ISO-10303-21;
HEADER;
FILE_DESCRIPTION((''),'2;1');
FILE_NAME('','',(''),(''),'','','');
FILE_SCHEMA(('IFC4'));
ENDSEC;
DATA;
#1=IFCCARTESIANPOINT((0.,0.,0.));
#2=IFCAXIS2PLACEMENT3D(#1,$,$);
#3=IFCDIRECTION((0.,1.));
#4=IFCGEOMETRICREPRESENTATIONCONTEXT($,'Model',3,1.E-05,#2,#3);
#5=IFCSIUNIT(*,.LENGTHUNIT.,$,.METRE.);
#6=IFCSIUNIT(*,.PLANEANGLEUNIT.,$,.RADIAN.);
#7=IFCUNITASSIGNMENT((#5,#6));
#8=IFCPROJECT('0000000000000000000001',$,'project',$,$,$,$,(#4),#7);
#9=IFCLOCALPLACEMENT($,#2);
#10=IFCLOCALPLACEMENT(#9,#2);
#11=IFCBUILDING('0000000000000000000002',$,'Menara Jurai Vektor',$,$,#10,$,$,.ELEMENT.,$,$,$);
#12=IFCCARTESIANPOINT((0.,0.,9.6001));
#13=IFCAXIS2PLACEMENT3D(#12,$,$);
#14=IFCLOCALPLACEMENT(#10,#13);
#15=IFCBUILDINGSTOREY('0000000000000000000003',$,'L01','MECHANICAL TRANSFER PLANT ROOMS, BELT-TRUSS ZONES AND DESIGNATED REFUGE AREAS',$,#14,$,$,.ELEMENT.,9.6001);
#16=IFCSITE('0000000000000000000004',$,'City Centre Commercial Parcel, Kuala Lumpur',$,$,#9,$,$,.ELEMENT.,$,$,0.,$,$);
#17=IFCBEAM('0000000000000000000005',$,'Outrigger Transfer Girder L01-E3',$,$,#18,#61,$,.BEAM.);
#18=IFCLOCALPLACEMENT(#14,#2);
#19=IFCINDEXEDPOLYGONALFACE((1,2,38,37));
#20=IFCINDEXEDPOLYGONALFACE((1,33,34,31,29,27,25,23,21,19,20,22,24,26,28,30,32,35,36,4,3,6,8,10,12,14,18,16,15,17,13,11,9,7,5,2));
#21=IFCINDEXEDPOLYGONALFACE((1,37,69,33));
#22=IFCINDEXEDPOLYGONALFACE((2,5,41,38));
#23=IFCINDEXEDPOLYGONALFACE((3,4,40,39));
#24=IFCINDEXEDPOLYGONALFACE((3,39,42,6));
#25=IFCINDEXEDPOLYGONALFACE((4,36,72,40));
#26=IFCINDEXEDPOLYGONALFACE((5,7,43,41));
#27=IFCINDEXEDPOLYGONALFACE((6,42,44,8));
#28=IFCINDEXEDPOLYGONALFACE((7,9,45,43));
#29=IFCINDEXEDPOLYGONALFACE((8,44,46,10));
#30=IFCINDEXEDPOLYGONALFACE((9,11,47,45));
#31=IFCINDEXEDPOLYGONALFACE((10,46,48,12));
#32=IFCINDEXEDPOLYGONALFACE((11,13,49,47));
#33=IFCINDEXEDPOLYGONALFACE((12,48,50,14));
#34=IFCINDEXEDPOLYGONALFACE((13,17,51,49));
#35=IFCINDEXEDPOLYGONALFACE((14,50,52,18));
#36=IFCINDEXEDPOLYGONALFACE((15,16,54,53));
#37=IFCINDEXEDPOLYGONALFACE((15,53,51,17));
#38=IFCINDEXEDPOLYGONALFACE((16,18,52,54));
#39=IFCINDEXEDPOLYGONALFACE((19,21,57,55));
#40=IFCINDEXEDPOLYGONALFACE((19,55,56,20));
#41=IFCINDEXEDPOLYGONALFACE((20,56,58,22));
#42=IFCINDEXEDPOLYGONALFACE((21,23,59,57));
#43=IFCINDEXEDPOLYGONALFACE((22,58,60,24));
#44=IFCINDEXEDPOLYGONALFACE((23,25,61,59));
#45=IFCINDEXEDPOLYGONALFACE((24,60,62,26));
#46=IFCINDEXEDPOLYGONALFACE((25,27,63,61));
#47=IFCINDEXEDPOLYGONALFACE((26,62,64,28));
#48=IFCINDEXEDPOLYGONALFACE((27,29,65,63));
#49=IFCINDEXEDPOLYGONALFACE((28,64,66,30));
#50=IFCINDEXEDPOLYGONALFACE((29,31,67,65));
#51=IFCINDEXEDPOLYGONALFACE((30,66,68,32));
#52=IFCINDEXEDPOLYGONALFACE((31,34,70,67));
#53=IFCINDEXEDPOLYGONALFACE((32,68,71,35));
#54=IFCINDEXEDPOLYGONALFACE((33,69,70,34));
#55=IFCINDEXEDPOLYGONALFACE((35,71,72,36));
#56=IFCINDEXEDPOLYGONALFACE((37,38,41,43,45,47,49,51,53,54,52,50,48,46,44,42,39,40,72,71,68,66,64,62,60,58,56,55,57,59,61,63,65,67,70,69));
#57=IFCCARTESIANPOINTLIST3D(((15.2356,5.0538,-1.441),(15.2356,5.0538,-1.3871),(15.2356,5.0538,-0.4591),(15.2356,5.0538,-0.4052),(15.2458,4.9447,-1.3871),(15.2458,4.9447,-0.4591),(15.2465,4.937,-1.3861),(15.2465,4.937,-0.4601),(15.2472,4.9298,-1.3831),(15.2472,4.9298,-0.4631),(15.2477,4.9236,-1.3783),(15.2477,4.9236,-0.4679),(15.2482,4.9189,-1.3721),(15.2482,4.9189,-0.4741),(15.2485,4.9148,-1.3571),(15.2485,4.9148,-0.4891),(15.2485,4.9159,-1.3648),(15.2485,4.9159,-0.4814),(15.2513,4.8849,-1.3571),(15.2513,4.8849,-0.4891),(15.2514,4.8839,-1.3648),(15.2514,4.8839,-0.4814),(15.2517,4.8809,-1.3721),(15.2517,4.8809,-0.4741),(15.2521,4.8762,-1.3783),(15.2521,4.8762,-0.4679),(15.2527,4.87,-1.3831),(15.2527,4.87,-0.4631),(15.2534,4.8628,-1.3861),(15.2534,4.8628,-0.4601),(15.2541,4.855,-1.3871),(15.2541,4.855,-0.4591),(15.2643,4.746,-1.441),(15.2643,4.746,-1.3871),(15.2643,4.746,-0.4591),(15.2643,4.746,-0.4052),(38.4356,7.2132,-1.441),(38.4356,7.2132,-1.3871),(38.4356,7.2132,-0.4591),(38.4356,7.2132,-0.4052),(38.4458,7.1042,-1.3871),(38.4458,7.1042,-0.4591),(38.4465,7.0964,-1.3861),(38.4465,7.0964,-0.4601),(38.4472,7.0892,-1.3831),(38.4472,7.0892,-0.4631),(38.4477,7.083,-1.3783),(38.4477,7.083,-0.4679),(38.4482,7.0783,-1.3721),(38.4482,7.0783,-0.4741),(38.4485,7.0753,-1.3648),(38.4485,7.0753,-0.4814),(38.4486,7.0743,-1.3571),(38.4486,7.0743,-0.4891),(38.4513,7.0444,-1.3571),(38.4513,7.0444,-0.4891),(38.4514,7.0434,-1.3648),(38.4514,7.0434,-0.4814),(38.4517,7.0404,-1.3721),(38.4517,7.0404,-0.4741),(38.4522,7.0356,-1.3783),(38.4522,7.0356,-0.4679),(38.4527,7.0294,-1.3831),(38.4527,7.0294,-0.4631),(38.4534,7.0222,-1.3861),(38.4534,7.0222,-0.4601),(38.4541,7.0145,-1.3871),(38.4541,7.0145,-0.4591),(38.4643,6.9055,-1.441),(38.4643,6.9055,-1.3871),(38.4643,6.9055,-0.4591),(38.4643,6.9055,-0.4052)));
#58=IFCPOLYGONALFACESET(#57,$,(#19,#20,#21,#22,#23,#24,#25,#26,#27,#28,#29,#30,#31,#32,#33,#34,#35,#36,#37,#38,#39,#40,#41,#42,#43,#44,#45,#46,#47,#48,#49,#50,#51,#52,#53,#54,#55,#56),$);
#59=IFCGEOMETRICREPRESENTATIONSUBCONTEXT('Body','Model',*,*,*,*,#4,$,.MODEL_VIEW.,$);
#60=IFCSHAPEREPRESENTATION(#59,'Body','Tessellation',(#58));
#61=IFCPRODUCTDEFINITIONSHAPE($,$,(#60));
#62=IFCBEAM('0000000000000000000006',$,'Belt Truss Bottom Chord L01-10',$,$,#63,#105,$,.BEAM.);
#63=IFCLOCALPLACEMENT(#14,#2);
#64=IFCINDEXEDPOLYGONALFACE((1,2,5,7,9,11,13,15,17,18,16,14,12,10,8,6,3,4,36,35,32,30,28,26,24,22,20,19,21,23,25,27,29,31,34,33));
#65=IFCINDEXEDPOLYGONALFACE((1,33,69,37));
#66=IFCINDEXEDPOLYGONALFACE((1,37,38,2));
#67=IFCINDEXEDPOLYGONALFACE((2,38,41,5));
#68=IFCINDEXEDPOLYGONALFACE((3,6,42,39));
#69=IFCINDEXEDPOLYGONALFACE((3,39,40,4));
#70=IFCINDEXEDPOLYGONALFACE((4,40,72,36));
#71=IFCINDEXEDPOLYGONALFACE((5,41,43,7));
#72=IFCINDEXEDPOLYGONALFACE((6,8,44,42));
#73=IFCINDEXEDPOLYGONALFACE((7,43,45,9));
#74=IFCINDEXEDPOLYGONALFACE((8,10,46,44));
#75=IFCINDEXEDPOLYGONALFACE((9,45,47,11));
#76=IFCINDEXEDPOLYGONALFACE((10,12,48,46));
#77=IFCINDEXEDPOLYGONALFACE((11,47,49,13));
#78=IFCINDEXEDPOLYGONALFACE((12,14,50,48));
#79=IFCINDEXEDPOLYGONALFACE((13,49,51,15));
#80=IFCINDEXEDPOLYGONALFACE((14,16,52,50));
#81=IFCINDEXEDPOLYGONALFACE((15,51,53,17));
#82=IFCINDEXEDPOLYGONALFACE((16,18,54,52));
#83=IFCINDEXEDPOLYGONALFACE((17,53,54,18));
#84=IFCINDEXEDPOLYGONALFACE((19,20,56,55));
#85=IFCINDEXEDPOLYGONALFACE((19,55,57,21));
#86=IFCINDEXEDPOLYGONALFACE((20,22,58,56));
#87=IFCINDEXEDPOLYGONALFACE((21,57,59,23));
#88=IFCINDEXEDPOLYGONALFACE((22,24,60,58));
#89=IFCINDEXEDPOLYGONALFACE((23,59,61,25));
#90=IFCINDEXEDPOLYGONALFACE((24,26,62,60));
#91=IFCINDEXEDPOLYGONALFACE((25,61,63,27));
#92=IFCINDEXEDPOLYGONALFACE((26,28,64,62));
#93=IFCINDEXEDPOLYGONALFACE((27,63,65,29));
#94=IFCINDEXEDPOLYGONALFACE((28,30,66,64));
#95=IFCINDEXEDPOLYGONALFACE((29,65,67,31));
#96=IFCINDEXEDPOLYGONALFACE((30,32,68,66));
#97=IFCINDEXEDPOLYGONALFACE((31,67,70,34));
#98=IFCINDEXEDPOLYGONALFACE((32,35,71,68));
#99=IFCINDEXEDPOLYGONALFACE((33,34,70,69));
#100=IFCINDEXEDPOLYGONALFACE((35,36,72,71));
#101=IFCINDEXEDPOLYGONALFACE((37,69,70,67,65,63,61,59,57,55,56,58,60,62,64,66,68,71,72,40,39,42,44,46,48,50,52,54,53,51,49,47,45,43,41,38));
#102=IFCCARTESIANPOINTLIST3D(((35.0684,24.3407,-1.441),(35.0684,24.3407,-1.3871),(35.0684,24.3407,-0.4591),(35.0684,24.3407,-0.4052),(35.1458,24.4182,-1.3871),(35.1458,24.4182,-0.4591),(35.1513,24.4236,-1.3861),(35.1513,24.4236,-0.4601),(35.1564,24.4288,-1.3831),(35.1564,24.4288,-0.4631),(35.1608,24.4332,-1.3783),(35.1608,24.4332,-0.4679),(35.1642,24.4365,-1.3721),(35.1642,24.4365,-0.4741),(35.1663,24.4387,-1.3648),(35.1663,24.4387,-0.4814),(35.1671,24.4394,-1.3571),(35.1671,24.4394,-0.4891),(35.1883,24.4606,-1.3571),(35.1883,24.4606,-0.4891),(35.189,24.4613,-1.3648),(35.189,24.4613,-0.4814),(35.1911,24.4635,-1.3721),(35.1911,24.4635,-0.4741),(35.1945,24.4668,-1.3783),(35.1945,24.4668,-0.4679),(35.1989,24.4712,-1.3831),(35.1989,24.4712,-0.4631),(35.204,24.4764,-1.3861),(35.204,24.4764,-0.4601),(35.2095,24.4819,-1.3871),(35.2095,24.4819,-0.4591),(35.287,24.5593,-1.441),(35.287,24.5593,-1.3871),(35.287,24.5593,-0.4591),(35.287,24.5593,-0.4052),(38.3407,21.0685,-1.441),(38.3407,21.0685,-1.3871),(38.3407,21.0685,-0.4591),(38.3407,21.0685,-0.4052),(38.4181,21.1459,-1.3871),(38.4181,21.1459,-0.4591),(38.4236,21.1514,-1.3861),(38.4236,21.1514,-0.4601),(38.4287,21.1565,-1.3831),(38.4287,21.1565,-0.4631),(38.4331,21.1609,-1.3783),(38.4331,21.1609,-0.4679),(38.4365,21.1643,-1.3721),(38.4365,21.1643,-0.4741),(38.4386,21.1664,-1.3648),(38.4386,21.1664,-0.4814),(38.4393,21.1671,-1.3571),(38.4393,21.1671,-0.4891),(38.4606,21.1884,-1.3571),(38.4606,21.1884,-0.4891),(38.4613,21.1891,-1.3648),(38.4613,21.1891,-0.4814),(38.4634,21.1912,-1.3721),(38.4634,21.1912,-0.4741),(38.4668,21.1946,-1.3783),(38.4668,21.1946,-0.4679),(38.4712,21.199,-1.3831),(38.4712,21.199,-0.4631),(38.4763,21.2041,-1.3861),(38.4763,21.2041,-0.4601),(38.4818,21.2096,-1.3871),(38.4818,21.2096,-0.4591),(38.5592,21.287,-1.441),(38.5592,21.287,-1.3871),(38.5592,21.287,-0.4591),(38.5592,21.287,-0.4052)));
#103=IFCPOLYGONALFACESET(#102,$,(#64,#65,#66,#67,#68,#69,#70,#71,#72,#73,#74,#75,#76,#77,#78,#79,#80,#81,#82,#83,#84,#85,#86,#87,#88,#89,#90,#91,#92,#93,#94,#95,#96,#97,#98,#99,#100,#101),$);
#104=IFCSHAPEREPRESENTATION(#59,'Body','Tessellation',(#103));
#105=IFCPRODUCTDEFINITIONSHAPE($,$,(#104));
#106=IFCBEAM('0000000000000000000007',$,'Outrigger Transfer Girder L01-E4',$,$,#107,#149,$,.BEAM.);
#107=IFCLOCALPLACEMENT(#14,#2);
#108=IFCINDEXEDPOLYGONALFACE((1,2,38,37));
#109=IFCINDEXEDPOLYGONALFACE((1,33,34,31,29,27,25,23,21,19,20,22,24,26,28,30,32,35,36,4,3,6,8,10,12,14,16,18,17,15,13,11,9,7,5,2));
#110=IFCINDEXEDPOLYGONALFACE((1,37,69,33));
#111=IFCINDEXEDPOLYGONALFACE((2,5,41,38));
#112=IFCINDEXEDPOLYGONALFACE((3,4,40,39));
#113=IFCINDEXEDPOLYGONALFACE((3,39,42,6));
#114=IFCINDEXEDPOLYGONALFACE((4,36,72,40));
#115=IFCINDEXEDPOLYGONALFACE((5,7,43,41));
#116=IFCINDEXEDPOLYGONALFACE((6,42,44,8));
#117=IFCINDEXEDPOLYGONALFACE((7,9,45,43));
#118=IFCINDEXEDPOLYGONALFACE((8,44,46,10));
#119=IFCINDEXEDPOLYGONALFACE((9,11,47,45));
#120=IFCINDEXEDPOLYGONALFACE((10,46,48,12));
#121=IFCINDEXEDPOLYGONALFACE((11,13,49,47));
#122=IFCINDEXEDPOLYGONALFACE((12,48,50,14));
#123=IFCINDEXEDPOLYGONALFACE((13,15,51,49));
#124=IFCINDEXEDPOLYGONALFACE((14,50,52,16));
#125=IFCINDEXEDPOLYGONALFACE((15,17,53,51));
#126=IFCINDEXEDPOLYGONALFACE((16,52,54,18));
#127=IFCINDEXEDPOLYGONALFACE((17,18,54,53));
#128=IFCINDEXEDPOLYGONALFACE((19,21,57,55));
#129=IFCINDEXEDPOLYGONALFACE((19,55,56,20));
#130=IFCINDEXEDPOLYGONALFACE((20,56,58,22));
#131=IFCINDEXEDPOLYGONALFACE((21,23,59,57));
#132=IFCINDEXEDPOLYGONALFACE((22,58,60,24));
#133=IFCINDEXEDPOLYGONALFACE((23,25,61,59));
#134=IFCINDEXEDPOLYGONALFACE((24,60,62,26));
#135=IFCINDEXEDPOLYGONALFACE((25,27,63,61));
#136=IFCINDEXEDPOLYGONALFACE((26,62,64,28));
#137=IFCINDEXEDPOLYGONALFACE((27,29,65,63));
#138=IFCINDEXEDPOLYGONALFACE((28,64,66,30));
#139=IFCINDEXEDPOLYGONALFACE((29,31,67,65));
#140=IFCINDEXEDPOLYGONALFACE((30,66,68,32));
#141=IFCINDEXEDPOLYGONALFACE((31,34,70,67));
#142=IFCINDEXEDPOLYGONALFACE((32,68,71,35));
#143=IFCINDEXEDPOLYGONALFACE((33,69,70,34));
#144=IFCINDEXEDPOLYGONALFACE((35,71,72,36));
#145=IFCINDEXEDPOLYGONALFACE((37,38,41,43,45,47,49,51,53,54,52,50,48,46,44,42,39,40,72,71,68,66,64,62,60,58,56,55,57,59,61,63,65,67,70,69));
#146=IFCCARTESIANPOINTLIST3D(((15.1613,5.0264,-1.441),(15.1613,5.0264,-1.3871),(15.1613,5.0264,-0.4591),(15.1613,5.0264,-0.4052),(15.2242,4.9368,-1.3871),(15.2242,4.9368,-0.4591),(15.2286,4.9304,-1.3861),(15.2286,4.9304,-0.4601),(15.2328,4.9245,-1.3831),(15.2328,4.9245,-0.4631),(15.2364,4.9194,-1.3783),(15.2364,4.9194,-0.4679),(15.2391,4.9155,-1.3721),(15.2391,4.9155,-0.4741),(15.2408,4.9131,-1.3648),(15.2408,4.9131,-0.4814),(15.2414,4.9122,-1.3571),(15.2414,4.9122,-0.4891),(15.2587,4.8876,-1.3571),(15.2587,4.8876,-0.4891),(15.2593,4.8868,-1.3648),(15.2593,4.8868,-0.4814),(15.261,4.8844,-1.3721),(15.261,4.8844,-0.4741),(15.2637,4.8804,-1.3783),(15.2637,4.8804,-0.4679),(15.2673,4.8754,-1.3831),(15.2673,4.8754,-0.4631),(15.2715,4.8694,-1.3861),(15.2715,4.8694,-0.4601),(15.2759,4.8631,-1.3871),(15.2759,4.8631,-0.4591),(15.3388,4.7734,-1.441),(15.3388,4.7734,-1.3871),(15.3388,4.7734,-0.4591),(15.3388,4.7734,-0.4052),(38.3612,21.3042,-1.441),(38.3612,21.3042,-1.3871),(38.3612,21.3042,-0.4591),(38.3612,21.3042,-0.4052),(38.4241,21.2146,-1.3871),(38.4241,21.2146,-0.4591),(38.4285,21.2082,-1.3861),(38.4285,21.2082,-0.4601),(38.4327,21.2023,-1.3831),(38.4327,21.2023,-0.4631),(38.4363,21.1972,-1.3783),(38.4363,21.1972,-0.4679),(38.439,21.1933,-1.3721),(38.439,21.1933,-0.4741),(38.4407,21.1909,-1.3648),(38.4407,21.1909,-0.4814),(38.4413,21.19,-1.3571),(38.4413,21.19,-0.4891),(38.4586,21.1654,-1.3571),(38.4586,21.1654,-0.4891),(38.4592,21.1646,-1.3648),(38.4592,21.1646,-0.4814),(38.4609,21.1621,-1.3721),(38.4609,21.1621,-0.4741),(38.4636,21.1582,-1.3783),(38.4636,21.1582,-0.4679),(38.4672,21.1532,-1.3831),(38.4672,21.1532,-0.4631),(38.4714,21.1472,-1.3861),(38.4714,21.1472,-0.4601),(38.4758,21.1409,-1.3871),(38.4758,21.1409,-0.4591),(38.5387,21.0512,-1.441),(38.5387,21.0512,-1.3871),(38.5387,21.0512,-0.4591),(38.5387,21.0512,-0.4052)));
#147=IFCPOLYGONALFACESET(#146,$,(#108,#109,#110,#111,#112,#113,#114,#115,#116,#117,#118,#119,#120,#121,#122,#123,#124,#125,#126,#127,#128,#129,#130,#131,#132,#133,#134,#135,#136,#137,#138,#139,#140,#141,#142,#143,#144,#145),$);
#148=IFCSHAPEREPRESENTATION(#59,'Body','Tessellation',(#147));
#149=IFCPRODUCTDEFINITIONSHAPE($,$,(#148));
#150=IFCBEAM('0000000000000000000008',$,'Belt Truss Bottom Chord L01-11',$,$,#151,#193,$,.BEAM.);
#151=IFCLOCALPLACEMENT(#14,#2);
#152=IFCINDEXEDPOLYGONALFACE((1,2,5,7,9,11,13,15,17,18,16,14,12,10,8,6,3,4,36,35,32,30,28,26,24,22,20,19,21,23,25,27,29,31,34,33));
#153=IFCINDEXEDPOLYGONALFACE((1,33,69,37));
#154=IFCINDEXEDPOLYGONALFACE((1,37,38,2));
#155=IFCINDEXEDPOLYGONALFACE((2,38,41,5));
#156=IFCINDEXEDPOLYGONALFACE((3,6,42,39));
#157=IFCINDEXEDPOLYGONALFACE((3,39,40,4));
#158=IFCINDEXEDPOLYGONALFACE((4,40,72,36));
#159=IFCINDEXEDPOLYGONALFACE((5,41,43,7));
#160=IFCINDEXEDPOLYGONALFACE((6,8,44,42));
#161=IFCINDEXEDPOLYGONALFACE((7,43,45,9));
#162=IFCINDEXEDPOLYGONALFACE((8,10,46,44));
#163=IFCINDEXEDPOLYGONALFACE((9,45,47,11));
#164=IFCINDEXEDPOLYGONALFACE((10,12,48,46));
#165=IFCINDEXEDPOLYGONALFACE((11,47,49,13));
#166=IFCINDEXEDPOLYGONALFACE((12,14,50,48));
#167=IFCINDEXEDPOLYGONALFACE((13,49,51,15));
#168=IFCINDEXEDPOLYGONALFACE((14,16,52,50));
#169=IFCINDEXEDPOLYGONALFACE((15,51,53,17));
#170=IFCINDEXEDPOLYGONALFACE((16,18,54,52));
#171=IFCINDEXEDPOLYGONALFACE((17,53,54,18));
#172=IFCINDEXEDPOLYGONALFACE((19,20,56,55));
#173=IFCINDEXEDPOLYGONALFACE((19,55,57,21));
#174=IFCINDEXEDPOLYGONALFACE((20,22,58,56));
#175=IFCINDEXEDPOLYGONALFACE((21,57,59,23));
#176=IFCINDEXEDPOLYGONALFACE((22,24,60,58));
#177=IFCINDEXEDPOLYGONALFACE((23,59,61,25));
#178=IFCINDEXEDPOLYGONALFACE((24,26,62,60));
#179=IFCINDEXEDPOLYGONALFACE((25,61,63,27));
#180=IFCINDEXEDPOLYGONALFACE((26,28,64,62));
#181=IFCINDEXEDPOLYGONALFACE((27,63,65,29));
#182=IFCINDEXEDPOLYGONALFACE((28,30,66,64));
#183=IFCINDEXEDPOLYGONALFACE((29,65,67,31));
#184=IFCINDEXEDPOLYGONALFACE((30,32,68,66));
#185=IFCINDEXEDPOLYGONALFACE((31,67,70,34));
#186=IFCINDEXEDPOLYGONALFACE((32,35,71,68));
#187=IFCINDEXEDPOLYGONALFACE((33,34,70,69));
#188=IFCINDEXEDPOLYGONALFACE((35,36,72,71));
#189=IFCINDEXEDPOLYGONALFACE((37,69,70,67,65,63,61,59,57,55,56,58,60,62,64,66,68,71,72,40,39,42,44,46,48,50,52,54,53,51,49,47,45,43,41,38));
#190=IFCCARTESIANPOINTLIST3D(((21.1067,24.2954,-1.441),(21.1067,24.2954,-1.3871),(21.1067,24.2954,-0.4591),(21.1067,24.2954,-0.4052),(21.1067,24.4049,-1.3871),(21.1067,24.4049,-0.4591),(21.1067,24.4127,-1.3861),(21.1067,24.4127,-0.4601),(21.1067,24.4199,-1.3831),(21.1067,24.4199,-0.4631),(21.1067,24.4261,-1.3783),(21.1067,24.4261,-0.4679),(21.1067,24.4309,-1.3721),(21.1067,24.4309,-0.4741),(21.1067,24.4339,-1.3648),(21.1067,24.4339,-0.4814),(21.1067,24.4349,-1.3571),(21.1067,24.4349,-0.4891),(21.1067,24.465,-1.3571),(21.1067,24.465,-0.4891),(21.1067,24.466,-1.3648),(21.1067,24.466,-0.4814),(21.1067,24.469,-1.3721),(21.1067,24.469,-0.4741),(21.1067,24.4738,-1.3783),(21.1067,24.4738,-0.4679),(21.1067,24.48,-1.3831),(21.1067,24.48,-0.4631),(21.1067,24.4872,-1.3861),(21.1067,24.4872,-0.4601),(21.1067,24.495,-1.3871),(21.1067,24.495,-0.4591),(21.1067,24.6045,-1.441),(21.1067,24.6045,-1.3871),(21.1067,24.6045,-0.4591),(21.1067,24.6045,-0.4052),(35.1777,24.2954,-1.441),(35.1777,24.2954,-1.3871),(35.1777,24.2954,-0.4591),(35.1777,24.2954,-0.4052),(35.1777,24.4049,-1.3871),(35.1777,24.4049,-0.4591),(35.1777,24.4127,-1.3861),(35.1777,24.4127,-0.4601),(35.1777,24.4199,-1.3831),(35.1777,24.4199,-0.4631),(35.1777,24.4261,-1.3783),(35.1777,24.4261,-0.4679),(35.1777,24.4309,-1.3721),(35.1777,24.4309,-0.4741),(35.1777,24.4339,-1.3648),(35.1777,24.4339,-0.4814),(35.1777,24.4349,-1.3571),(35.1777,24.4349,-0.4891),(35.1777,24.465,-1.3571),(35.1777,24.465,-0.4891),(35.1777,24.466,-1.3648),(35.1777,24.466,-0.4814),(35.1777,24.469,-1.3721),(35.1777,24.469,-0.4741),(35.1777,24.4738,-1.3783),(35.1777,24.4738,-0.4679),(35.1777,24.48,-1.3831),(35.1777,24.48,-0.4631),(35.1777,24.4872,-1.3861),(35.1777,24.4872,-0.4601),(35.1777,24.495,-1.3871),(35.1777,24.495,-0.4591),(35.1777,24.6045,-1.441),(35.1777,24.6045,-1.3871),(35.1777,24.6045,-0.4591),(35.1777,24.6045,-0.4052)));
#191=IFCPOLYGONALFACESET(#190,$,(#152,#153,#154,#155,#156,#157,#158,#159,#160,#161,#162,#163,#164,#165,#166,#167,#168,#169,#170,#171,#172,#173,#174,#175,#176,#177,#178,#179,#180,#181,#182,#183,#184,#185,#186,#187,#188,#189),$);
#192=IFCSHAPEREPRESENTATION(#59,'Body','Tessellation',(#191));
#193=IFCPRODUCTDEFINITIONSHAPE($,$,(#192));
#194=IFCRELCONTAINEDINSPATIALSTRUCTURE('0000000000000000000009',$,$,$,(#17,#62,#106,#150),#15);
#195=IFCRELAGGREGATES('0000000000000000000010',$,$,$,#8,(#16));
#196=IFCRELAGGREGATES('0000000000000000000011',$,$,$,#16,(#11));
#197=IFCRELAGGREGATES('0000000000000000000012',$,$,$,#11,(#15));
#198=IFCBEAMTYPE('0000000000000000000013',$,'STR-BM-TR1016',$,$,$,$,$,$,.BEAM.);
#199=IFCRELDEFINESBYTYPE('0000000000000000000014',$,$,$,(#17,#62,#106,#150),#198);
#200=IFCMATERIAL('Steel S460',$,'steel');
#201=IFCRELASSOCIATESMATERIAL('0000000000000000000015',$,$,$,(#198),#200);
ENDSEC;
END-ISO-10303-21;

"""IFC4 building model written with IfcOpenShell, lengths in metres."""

from ifc_helpers import new_model, si_unit, direction, frame, origin, origin_2d, place, context, subcontext, project, spatial, i_section, extrude, material, material_profile, profile_set, type_object, element, save


model = new_model("IFC4")

# Units and contexts
model_context = context("Model", 3, precision=1e-05, world=origin(), true_north=direction((0.0, 1.0)))
body_context = subcontext(model_context, "Body", "Model", "MODEL_VIEW")
ifc_project = project(units=[si_unit("LENGTHUNIT", "METRE"), si_unit("PLANEANGLEUNIT", "RADIAN")], contexts=[model_context])

# Site, building, storey
site_placement = place(None, origin())
site = spatial("IfcSite", under=ifc_project, at=site_placement, Name="City Centre Commercial Parcel, Kuala Lumpur", CompositionType="ELEMENT", RefElevation=0.0)
building_placement = place(site_placement, origin())
building = spatial("IfcBuilding", under=site, at=building_placement, Name="Menara Jurai Vektor", CompositionType="ELEMENT")
storey_placement = place(building_placement, frame((0.0, 0.0, 9.6001)))
storey = spatial("IfcBuildingStorey", under=building, at=storey_placement, Name="L01", Description="MECHANICAL TRANSFER PLANT ROOMS, BELT-TRUSS ZONES AND DESIGNATED REFUGE AREAS", CompositionType="ELEMENT", Elevation=9.6001)

# Shared definitions
ifc_material_1 = material(Name="Steel S460", Category="steel")

# Beams
ifc_material_profile_1 = material_profile(ifc_material_1, i_section(OverallWidth=0.3091, OverallDepth=1.0359, WebThickness=0.03, FlangeThickness=0.054, FilletRadius=0.03, at=origin_2d()), Name="UKB 1016x305x487")
ifc_profile_set_1 = profile_set([ifc_material_profile_1], Name="Steel S460")
beam_type_1 = type_object("IfcBeamType", Name="STR-BM-TR1016", PredefinedType="BEAM", material=ifc_profile_set_1)
beam_1_placement = place(storey_placement, frame((38.45, 7.0593, -0.9231), z_axis=(-0.995696, -0.092678, 0.0), x_axis=(0.092678, -0.995696, 0.0)))
element("IfcBeam", 1, at=beam_1_placement, inside=storey, type_object=beam_type_1, Name="Outrigger Transfer Girder L01-E3", PredefinedType="BEAM", context=body_context, shape_type="SweptSolid", body=[
    extrude(i_section(OverallWidth=0.3091, OverallDepth=1.0359, WebThickness=0.03, FlangeThickness=0.054, FilletRadius=0.03, at=origin_2d()), origin(), (0.0, 0.0, 1.0), 23.3003),
])
beam_2_placement = place(storey_placement, frame((38.45, 21.1777, -0.9231), z_axis=(-0.707107, 0.707107, 0.0), x_axis=(-0.707107, -0.707107, 0.0)))
element("IfcBeam", 2, at=beam_2_placement, inside=storey, type_object=beam_type_1, Name="Belt Truss Bottom Chord L01-10", PredefinedType="BEAM", context=body_context, shape_type="SweptSolid", body=[
    extrude(i_section(OverallWidth=0.3091, OverallDepth=1.0359, WebThickness=0.03, FlangeThickness=0.054, FilletRadius=0.03, at=origin_2d()), origin(), (0.0, 0.0, 1.0), 4.6277),
])
beam_3_placement = place(storey_placement, frame((38.45, 21.1777, -0.9231), z_axis=(-0.818604, -0.574359, 0.0), x_axis=(0.574359, -0.818604, 0.0)))
element("IfcBeam", 3, at=beam_3_placement, inside=storey, type_object=beam_type_1, Name="Outrigger Transfer Girder L01-E4", PredefinedType="BEAM", context=body_context, shape_type="SweptSolid", body=[
    extrude(i_section(OverallWidth=0.3091, OverallDepth=1.0359, WebThickness=0.03, FlangeThickness=0.054, FilletRadius=0.03, at=origin_2d()), origin(), (0.0, 0.0, 1.0), 28.3408),
])
beam_4_placement = place(storey_placement, frame((35.1777, 24.45, -0.9231), z_axis=(-1.0, 0.0, 0.0), x_axis=(0.0, -1.0, 0.0)))
element("IfcBeam", 4, at=beam_4_placement, inside=storey, type_object=beam_type_1, Name="Belt Truss Bottom Chord L01-11", PredefinedType="BEAM", context=body_context, shape_type="SweptSolid", body=[
    extrude(i_section(OverallWidth=0.3091, OverallDepth=1.0359, WebThickness=0.03, FlangeThickness=0.054, FilletRadius=0.03, at=origin_2d()), origin(), (0.0, 0.0, 1.0), 14.071),
])

save(model, "model.ifc")
